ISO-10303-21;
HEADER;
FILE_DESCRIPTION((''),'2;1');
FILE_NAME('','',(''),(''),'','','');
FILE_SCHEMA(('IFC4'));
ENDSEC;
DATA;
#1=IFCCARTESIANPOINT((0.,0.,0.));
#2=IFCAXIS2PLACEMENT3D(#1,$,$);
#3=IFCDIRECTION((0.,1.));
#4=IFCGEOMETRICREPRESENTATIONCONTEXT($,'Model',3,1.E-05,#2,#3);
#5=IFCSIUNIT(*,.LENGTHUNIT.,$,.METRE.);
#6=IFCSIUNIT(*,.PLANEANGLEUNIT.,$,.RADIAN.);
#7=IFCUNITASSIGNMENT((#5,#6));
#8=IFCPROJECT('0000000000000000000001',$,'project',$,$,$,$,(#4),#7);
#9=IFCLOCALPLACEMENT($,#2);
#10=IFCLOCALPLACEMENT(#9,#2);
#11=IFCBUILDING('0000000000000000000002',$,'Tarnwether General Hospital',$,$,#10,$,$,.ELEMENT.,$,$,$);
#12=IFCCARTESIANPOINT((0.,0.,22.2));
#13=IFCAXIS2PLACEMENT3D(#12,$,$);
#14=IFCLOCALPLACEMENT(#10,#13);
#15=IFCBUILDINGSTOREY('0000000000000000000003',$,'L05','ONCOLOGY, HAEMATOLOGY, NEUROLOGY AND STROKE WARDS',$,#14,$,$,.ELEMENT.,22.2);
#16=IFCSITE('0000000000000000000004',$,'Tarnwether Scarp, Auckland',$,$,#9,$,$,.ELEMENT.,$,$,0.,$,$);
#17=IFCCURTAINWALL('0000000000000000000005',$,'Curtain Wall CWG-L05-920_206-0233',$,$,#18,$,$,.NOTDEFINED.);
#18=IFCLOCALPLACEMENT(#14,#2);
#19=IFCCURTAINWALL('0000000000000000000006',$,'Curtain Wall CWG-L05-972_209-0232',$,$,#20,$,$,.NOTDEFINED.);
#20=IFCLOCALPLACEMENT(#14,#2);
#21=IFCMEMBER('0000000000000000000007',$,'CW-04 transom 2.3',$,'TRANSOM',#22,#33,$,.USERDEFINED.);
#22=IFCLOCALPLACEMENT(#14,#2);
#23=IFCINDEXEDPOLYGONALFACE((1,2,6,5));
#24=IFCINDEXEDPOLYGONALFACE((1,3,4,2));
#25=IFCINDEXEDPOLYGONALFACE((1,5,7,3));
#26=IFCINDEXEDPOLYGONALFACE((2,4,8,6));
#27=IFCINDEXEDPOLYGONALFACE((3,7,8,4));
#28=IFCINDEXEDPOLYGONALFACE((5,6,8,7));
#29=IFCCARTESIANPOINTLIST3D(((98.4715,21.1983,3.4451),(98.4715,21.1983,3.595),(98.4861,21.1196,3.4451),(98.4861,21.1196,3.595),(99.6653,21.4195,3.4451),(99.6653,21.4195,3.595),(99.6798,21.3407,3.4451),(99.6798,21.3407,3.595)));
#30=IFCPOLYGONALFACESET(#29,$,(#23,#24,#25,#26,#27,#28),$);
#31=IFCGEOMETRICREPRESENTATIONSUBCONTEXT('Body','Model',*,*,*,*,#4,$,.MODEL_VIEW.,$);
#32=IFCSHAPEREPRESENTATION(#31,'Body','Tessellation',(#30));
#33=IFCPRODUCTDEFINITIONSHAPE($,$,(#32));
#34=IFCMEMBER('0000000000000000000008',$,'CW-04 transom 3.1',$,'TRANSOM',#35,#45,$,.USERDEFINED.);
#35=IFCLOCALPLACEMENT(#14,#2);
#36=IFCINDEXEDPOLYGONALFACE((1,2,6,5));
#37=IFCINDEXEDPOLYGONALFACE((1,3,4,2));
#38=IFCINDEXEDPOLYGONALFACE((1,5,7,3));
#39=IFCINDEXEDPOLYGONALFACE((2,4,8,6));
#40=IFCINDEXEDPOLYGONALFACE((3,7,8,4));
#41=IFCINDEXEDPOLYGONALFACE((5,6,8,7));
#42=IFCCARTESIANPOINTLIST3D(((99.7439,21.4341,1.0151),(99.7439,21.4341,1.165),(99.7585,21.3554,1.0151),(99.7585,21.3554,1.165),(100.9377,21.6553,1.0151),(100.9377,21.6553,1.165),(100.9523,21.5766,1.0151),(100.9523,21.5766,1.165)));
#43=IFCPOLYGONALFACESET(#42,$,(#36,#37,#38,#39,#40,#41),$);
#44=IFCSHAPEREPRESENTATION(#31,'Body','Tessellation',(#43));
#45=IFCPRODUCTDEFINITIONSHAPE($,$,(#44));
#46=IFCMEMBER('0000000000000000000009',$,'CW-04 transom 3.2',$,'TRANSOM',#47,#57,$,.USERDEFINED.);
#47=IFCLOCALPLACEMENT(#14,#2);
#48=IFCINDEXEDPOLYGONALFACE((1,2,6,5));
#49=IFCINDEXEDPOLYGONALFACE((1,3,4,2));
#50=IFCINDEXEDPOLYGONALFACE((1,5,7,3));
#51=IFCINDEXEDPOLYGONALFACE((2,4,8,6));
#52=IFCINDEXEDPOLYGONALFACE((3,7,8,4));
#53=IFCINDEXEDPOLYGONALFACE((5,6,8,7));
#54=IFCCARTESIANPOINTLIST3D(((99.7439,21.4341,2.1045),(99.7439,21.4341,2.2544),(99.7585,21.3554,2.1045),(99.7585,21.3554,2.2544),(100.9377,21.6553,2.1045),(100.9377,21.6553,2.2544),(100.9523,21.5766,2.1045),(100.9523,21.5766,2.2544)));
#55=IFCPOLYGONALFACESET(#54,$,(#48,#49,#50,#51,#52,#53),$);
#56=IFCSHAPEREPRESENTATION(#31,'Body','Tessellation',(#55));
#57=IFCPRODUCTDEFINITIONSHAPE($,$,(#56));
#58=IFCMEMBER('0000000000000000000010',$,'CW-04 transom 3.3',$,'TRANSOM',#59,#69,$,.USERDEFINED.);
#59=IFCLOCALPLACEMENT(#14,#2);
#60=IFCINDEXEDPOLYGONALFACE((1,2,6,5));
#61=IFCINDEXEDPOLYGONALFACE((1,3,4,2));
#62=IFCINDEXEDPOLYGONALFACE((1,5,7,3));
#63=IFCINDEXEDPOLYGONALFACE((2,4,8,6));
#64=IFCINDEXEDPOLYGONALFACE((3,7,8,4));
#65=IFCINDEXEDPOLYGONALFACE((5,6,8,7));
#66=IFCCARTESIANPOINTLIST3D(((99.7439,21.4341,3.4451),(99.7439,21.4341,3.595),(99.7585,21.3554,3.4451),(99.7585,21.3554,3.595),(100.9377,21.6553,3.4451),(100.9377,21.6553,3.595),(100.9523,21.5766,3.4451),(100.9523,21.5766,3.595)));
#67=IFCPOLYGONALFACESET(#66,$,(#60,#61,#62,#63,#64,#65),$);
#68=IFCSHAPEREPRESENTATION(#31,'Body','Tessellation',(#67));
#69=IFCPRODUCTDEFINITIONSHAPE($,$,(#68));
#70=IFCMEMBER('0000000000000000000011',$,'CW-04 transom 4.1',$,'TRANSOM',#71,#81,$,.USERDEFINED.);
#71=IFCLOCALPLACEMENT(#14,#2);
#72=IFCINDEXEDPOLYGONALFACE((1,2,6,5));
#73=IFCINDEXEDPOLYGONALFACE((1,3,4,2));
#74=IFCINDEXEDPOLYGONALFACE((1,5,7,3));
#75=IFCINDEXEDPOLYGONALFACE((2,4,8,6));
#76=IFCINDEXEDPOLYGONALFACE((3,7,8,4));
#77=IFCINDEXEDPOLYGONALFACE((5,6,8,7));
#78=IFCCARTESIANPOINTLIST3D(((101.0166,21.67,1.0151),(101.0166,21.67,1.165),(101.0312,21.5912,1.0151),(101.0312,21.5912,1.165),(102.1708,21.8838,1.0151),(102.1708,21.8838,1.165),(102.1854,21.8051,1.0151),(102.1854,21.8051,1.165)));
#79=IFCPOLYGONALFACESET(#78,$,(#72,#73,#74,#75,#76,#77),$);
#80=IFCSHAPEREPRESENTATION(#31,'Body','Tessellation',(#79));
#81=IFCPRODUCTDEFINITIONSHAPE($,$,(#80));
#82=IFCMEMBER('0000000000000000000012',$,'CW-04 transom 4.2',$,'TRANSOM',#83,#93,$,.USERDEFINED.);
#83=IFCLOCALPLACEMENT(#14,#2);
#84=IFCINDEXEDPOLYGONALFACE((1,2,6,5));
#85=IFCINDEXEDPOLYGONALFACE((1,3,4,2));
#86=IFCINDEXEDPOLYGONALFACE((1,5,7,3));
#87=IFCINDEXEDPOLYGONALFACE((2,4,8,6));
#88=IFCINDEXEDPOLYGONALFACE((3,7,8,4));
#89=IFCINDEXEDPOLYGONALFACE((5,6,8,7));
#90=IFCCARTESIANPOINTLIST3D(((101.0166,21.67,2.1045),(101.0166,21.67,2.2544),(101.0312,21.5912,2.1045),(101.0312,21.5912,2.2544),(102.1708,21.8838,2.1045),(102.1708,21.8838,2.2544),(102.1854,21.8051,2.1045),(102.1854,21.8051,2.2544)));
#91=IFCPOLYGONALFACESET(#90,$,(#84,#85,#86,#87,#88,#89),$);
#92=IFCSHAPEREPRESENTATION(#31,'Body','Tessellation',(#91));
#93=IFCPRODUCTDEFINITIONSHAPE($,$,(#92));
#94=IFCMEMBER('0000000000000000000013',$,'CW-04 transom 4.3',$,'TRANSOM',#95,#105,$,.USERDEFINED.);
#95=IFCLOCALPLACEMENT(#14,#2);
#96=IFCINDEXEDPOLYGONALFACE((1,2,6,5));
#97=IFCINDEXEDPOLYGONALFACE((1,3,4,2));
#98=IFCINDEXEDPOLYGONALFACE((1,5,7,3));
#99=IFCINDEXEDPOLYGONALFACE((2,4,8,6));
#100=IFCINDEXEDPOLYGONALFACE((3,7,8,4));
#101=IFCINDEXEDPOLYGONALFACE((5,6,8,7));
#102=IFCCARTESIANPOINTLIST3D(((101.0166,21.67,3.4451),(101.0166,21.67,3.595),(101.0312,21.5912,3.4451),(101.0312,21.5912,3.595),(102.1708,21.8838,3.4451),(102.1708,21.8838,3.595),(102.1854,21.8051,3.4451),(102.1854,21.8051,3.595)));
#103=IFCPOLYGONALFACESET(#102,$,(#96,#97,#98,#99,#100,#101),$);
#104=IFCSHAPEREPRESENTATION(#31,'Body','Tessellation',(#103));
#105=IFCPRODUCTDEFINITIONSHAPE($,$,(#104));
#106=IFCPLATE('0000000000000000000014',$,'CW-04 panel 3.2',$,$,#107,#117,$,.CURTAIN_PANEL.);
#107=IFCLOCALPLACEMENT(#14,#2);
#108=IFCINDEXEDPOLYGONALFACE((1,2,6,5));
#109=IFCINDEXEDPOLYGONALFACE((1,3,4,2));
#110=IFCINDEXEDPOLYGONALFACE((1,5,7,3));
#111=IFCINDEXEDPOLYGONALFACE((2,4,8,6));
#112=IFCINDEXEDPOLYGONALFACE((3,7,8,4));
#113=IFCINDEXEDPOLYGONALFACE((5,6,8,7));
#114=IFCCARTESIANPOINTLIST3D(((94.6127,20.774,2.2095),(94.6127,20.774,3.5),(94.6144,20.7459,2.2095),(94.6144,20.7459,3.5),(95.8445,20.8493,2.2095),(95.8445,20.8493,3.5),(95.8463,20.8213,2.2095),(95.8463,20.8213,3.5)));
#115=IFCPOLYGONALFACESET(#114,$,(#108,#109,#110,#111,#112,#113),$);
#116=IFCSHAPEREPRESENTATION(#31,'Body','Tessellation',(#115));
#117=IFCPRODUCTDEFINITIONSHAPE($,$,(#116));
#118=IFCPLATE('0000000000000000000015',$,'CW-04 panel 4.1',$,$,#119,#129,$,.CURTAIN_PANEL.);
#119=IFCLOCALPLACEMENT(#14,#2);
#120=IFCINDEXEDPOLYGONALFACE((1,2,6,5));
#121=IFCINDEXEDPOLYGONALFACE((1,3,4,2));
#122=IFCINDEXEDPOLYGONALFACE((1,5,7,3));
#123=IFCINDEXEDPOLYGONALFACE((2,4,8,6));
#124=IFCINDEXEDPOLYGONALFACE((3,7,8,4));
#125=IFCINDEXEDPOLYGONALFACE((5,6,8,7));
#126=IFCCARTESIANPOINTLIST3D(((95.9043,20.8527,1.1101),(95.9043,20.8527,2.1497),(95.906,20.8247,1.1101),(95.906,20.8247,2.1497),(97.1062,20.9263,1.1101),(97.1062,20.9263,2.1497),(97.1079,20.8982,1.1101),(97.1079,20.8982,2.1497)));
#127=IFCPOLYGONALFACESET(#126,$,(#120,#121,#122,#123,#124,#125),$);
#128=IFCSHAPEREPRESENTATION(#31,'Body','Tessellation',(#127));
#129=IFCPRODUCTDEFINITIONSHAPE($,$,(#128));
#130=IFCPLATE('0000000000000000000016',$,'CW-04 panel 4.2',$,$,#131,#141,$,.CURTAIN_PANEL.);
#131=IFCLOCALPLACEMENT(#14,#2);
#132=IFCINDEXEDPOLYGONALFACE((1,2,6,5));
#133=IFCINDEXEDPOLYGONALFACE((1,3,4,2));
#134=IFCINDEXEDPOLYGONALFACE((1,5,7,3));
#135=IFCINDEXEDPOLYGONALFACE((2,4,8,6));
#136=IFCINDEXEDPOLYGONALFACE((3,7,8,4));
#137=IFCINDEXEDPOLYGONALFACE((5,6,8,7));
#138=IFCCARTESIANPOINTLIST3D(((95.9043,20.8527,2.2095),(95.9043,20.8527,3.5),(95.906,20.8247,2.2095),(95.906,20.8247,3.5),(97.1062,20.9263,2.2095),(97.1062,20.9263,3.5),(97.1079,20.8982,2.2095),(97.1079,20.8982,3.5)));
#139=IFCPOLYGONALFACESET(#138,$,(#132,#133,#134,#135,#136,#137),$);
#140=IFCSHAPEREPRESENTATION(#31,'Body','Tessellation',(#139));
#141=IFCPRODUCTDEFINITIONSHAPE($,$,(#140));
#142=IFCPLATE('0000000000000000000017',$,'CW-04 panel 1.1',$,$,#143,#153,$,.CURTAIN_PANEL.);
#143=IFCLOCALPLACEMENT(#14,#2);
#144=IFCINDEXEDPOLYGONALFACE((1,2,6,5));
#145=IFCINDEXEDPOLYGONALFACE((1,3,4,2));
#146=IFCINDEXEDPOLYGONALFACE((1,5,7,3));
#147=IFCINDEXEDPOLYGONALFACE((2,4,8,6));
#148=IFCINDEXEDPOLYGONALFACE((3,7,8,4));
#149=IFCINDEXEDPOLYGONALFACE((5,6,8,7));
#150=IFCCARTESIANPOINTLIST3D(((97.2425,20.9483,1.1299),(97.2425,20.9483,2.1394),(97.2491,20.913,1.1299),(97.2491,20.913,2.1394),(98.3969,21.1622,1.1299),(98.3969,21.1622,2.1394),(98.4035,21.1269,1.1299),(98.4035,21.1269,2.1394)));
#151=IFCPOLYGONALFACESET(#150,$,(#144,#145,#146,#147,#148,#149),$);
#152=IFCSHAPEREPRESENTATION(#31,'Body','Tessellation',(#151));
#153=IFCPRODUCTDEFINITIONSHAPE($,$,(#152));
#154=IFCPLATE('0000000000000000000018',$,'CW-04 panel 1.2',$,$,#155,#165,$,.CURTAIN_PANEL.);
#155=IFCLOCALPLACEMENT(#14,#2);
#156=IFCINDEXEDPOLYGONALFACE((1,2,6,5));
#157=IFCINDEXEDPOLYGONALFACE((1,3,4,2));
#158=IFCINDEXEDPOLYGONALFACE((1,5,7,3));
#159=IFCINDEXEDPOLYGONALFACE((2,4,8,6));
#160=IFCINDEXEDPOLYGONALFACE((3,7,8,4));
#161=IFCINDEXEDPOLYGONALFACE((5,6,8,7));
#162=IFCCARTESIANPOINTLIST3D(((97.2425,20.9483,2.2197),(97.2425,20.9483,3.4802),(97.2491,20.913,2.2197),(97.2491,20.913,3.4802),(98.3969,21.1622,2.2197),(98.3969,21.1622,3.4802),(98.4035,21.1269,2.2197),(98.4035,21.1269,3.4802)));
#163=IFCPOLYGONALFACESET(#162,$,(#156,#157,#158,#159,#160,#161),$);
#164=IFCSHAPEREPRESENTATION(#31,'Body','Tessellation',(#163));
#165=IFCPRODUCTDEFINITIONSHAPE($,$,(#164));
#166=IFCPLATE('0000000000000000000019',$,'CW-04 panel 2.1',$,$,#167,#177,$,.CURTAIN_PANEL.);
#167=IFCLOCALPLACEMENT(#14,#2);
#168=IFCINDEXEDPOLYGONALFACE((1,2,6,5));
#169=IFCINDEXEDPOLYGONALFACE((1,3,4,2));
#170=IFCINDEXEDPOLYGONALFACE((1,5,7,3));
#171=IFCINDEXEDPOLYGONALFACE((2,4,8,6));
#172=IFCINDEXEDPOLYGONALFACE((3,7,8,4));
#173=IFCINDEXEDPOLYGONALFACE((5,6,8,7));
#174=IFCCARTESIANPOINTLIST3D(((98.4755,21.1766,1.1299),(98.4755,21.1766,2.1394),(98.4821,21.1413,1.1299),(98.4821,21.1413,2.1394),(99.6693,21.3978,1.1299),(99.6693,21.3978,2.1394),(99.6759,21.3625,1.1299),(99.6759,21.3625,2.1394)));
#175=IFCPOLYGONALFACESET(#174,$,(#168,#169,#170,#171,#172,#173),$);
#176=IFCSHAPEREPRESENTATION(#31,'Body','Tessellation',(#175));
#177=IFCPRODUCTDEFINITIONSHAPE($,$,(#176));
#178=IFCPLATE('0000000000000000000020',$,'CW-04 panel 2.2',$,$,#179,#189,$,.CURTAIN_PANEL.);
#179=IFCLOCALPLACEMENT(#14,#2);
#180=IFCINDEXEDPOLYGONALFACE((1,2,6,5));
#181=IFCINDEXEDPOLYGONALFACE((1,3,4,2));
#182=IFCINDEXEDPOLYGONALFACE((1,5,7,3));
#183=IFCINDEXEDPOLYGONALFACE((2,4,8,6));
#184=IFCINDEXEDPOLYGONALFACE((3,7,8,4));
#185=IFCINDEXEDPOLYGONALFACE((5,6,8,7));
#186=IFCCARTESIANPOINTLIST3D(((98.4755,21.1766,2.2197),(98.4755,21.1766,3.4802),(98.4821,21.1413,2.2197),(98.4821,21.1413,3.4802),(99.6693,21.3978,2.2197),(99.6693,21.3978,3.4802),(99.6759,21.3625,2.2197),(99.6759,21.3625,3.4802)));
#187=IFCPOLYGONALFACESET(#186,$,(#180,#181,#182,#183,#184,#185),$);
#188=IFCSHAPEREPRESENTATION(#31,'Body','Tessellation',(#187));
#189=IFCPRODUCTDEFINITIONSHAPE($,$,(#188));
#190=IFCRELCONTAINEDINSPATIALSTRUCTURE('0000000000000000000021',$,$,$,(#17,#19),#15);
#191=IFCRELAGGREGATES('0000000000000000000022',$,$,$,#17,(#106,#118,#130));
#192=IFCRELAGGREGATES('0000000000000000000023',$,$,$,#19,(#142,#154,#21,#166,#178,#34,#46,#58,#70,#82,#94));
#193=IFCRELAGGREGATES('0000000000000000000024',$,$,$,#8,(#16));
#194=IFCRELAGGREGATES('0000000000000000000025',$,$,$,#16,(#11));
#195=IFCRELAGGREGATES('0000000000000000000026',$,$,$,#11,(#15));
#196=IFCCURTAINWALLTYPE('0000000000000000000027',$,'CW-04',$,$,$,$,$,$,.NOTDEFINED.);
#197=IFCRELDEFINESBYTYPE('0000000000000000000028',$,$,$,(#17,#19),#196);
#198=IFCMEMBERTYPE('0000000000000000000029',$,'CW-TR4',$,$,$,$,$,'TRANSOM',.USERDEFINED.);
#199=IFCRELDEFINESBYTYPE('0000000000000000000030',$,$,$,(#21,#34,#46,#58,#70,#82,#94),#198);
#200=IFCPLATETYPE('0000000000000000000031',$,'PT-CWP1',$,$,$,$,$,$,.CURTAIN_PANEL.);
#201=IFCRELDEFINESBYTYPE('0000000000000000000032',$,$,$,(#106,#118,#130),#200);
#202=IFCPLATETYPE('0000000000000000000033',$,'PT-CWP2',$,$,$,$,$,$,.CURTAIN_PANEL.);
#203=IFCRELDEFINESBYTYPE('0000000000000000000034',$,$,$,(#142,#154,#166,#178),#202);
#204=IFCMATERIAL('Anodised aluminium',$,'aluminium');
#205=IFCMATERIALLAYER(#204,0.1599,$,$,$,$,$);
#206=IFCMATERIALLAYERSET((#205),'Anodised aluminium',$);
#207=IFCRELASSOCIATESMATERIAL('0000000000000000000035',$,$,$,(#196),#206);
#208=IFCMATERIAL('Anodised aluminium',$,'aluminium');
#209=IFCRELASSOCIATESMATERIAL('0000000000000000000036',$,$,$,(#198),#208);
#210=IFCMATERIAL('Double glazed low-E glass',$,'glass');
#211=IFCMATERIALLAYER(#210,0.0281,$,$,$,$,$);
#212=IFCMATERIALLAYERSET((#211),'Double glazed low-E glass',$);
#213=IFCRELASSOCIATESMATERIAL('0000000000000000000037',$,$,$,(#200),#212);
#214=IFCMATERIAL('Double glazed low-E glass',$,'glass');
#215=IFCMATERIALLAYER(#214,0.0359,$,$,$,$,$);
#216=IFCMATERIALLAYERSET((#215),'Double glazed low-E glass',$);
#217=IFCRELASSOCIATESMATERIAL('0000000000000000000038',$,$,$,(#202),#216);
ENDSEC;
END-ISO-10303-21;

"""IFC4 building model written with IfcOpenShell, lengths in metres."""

from ifc_helpers import new_model, si_unit, direction, frame, origin, origin_2d, place, context, subcontext, project, spatial, rectangle, extrude, material, layer, layer_set, material_profile, profile_set, type_object, element, aggregate, save


model = new_model("IFC4")

# Units and contexts
model_context = context("Model", 3, precision=1e-05, world=origin(), true_north=direction((0.0, 1.0)))
body_context = subcontext(model_context, "Body", "Model", "MODEL_VIEW")
ifc_project = project(units=[si_unit("LENGTHUNIT", "METRE"), si_unit("PLANEANGLEUNIT", "RADIAN")], contexts=[model_context])

# Site, building, storey
site_placement = place(None, origin())
site = spatial("IfcSite", under=ifc_project, at=site_placement, Name="Tarnwether Scarp, Auckland", CompositionType="ELEMENT", RefElevation=0.0)
building_placement = place(site_placement, origin())
building = spatial("IfcBuilding", under=site, at=building_placement, Name="Tarnwether General Hospital", CompositionType="ELEMENT")
storey_placement = place(building_placement, frame((0.0, 0.0, 22.2)))
storey = spatial("IfcBuildingStorey", under=building, at=storey_placement, Name="L05", Description="ONCOLOGY, HAEMATOLOGY, NEUROLOGY AND STROKE WARDS", CompositionType="ELEMENT", Elevation=22.2)

# Curtain walls
ifc_material_1 = material(Name="Anodised aluminium", Category="aluminium")
ifc_layer_1 = layer(ifc_material_1, 0.1599)
ifc_layer_set_1 = layer_set([ifc_layer_1], Name="Anodised aluminium")
curtain_wall_type = type_object("IfcCurtainWallType", Name="CW-04", PredefinedType="NOTDEFINED", material=ifc_layer_set_1)
curtain_wall_1_placement = place(storey_placement, origin())
curtain_wall_1 = element("IfcCurtainWall", 1, at=curtain_wall_1_placement, inside=storey, type_object=curtain_wall_type, Name="Curtain Wall CWG-L05-920_206-0233", PredefinedType="NOTDEFINED")
curtain_wall_2_placement = place(storey_placement, origin())
curtain_wall_2 = element("IfcCurtainWall", 2, at=curtain_wall_2_placement, inside=storey, type_object=curtain_wall_type, Name="Curtain Wall CWG-L05-972_209-0232", PredefinedType="NOTDEFINED")

# Members
ifc_material_2 = material(Name="Anodised aluminium", Category="aluminium")
ifc_material_profile_1 = material_profile(ifc_material_2, rectangle(XDim=0.0801, YDim=0.1499, at=origin_2d()), Name="ALU-TRN-80x150")
ifc_profile_set_1 = profile_set([ifc_material_profile_1], Name="Anodised aluminium")
member_type_1 = type_object("IfcMemberType", Name="CW-TR4", ElementType="TRANSOM", PredefinedType="USERDEFINED", material=ifc_profile_set_1)
member_1_placement = place(storey_placement, frame((98.4788, 21.1589, 3.52), z_axis=(0.983266, 0.182176, 0.0), x_axis=(-0.182176, 0.983266, 0.0)))
member_1 = element("IfcMember", 3, at=member_1_placement, type_object=member_type_1, Name="CW-04 transom 2.3", ObjectType="TRANSOM", PredefinedType="USERDEFINED", context=body_context, shape_type="SweptSolid", body=[
    extrude(rectangle(XDim=0.0801, YDim=0.1499, at=origin_2d()), origin(), (0.0, 0.0, 1.0), 1.2141),
])
member_2_placement = place(storey_placement, frame((99.7512, 21.3948, 1.0901), z_axis=(0.983266, 0.182176, 0.0), x_axis=(-0.182176, 0.983266, 0.0)))
member_2 = element("IfcMember", 4, at=member_2_placement, type_object=member_type_1, Name="CW-04 transom 3.1", ObjectType="TRANSOM", PredefinedType="USERDEFINED", context=body_context, shape_type="SweptSolid", body=[
    extrude(rectangle(XDim=0.0801, YDim=0.1499, at=origin_2d()), origin(), (0.0, 0.0, 1.0), 1.2141),
])
member_3_placement = place(storey_placement, frame((99.7512, 21.3948, 2.1794), z_axis=(0.983266, 0.182176, 0.0), x_axis=(-0.182176, 0.983266, 0.0)))
member_3 = element("IfcMember", 5, at=member_3_placement, type_object=member_type_1, Name="CW-04 transom 3.2", ObjectType="TRANSOM", PredefinedType="USERDEFINED", context=body_context, shape_type="SweptSolid", body=[
    extrude(rectangle(XDim=0.0801, YDim=0.1499, at=origin_2d()), origin(), (0.0, 0.0, 1.0), 1.2141),
])
member_4_placement = place(storey_placement, frame((99.7512, 21.3948, 3.52), z_axis=(0.983266, 0.182176, 0.0), x_axis=(-0.182176, 0.983266, 0.0)))
member_4 = element("IfcMember", 6, at=member_4_placement, type_object=member_type_1, Name="CW-04 transom 3.3", ObjectType="TRANSOM", PredefinedType="USERDEFINED", context=body_context, shape_type="SweptSolid", body=[
    extrude(rectangle(XDim=0.0801, YDim=0.1499, at=origin_2d()), origin(), (0.0, 0.0, 1.0), 1.2141),
])
member_5_placement = place(storey_placement, frame((101.0239, 21.6306, 1.0901), z_axis=(0.983265, 0.182179, 0.0), x_axis=(-0.182179, 0.983265, 0.0)))
member_5 = element("IfcMember", 7, at=member_5_placement, type_object=member_type_1, Name="CW-04 transom 4.1", ObjectType="TRANSOM", PredefinedType="USERDEFINED", context=body_context, shape_type="SweptSolid", body=[
    extrude(rectangle(XDim=0.0801, YDim=0.1499, at=origin_2d()), origin(), (0.0, 0.0, 1.0), 1.1738),
])
member_6_placement = place(storey_placement, frame((101.0239, 21.6306, 2.1794), z_axis=(0.983265, 0.182179, 0.0), x_axis=(-0.182179, 0.983265, 0.0)))
member_6 = element("IfcMember", 8, at=member_6_placement, type_object=member_type_1, Name="CW-04 transom 4.2", ObjectType="TRANSOM", PredefinedType="USERDEFINED", context=body_context, shape_type="SweptSolid", body=[
    extrude(rectangle(XDim=0.0801, YDim=0.1499, at=origin_2d()), origin(), (0.0, 0.0, 1.0), 1.1738),
])
member_7_placement = place(storey_placement, frame((101.0239, 21.6306, 3.52), z_axis=(0.983265, 0.182179, 0.0), x_axis=(-0.182179, 0.983265, 0.0)))
member_7 = element("IfcMember", 9, at=member_7_placement, type_object=member_type_1, Name="CW-04 transom 4.3", ObjectType="TRANSOM", PredefinedType="USERDEFINED", context=body_context, shape_type="SweptSolid", body=[
    extrude(rectangle(XDim=0.0801, YDim=0.1499, at=origin_2d()), origin(), (0.0, 0.0, 1.0), 1.1738),
])

# Plates
ifc_material_3 = material(Name="Double glazed low-E glass", Category="glass")
ifc_layer_2 = layer(ifc_material_3, 0.0281)
ifc_layer_set_2 = layer_set([ifc_layer_2], Name="Double glazed low-E glass")
plate_type_1 = type_object("IfcPlateType", Name="PT-CWP1", PredefinedType="CURTAIN_PANEL", material=ifc_layer_set_2)
plate_1_placement = place(storey_placement, frame((95.2295, 20.7976, 2.2095), z_axis=(0.0, 0.0, 1.0), x_axis=(0.998135, 0.061043, 0.0)))
plate_1 = element("IfcPlate", 10, at=plate_1_placement, type_object=plate_type_1, Name="CW-04 panel 3.2", PredefinedType="CURTAIN_PANEL", context=body_context, shape_type="SweptSolid", body=[
    extrude(rectangle(XDim=1.2341, YDim=0.0281, at=origin_2d()), origin(), (0.0, 0.0, 1.0), 1.2905),
])
plate_2_placement = place(storey_placement, frame((96.5061, 20.8755, 1.1101), z_axis=(0.0, 0.0, 1.0), x_axis=(0.998135, 0.061043, 0.0)))
plate_2 = element("IfcPlate", 11, at=plate_2_placement, type_object=plate_type_1, Name="CW-04 panel 4.1", PredefinedType="CURTAIN_PANEL", context=body_context, shape_type="SweptSolid", body=[
    extrude(rectangle(XDim=1.2041, YDim=0.0281, at=origin_2d()), origin(), (0.0, 0.0, 1.0), 1.0396),
])
plate_3_placement = place(storey_placement, frame((96.5061, 20.8755, 2.2095), z_axis=(0.0, 0.0, 1.0), x_axis=(0.998135, 0.061043, 0.0)))
plate_3 = element("IfcPlate", 12, at=plate_3_placement, type_object=plate_type_1, Name="CW-04 panel 4.2", PredefinedType="CURTAIN_PANEL", context=body_context, shape_type="SweptSolid", body=[
    extrude(rectangle(XDim=1.2041, YDim=0.0281, at=origin_2d()), origin(), (0.0, 0.0, 1.0), 1.2905),
])
aggregate(curtain_wall_1, [plate_1, plate_2, plate_3])
ifc_material_4 = material(Name="Double glazed low-E glass", Category="glass")
ifc_layer_3 = layer(ifc_material_4, 0.0359)
ifc_layer_set_3 = layer_set([ifc_layer_3], Name="Double glazed low-E glass")
plate_type_2 = type_object("IfcPlateType", Name="PT-CWP2", PredefinedType="CURTAIN_PANEL", material=ifc_layer_set_3)
plate_4_placement = place(storey_placement, frame((97.823, 21.0376, 1.1299), z_axis=(0.0, 0.0, 1.0), x_axis=(0.983268, 0.182165, 0.0)))
plate_4 = element("IfcPlate", 13, at=plate_4_placement, type_object=plate_type_2, Name="CW-04 panel 1.1", PredefinedType="CURTAIN_PANEL", context=body_context, shape_type="SweptSolid", body=[
    extrude(rectangle(XDim=1.1741, YDim=0.0359, at=origin_2d()), origin(), (0.0, 0.0, 1.0), 1.0095),
])
plate_5_placement = place(storey_placement, frame((97.823, 21.0376, 2.2197), z_axis=(0.0, 0.0, 1.0), x_axis=(0.983268, 0.182165, 0.0)))
plate_5 = element("IfcPlate", 14, at=plate_5_placement, type_object=plate_type_2, Name="CW-04 panel 1.2", PredefinedType="CURTAIN_PANEL", context=body_context, shape_type="SweptSolid", body=[
    extrude(rectangle(XDim=1.1741, YDim=0.0359, at=origin_2d()), origin(), (0.0, 0.0, 1.0), 1.2605),
])
plate_6_placement = place(storey_placement, frame((99.0757, 21.2695, 1.1299), z_axis=(0.0, 0.0, 1.0), x_axis=(0.983268, 0.182165, 0.0)))
plate_6 = element("IfcPlate", 15, at=plate_6_placement, type_object=plate_type_2, Name="CW-04 panel 2.1", PredefinedType="CURTAIN_PANEL", context=body_context, shape_type="SweptSolid", body=[
    extrude(rectangle(XDim=1.2141, YDim=0.0359, at=origin_2d()), origin(), (0.0, 0.0, 1.0), 1.0095),
])
plate_7_placement = place(storey_placement, frame((99.0757, 21.2695, 2.2197), z_axis=(0.0, 0.0, 1.0), x_axis=(0.983268, 0.182165, 0.0)))
plate_7 = element("IfcPlate", 16, at=plate_7_placement, type_object=plate_type_2, Name="CW-04 panel 2.2", PredefinedType="CURTAIN_PANEL", context=body_context, shape_type="SweptSolid", body=[
    extrude(rectangle(XDim=1.2141, YDim=0.0359, at=origin_2d()), origin(), (0.0, 0.0, 1.0), 1.2605),
])
aggregate(curtain_wall_2, [plate_4, plate_5, member_1, plate_6, plate_7, member_2, member_3, member_4, member_5, member_6, member_7])

save(model, "model.ifc")
